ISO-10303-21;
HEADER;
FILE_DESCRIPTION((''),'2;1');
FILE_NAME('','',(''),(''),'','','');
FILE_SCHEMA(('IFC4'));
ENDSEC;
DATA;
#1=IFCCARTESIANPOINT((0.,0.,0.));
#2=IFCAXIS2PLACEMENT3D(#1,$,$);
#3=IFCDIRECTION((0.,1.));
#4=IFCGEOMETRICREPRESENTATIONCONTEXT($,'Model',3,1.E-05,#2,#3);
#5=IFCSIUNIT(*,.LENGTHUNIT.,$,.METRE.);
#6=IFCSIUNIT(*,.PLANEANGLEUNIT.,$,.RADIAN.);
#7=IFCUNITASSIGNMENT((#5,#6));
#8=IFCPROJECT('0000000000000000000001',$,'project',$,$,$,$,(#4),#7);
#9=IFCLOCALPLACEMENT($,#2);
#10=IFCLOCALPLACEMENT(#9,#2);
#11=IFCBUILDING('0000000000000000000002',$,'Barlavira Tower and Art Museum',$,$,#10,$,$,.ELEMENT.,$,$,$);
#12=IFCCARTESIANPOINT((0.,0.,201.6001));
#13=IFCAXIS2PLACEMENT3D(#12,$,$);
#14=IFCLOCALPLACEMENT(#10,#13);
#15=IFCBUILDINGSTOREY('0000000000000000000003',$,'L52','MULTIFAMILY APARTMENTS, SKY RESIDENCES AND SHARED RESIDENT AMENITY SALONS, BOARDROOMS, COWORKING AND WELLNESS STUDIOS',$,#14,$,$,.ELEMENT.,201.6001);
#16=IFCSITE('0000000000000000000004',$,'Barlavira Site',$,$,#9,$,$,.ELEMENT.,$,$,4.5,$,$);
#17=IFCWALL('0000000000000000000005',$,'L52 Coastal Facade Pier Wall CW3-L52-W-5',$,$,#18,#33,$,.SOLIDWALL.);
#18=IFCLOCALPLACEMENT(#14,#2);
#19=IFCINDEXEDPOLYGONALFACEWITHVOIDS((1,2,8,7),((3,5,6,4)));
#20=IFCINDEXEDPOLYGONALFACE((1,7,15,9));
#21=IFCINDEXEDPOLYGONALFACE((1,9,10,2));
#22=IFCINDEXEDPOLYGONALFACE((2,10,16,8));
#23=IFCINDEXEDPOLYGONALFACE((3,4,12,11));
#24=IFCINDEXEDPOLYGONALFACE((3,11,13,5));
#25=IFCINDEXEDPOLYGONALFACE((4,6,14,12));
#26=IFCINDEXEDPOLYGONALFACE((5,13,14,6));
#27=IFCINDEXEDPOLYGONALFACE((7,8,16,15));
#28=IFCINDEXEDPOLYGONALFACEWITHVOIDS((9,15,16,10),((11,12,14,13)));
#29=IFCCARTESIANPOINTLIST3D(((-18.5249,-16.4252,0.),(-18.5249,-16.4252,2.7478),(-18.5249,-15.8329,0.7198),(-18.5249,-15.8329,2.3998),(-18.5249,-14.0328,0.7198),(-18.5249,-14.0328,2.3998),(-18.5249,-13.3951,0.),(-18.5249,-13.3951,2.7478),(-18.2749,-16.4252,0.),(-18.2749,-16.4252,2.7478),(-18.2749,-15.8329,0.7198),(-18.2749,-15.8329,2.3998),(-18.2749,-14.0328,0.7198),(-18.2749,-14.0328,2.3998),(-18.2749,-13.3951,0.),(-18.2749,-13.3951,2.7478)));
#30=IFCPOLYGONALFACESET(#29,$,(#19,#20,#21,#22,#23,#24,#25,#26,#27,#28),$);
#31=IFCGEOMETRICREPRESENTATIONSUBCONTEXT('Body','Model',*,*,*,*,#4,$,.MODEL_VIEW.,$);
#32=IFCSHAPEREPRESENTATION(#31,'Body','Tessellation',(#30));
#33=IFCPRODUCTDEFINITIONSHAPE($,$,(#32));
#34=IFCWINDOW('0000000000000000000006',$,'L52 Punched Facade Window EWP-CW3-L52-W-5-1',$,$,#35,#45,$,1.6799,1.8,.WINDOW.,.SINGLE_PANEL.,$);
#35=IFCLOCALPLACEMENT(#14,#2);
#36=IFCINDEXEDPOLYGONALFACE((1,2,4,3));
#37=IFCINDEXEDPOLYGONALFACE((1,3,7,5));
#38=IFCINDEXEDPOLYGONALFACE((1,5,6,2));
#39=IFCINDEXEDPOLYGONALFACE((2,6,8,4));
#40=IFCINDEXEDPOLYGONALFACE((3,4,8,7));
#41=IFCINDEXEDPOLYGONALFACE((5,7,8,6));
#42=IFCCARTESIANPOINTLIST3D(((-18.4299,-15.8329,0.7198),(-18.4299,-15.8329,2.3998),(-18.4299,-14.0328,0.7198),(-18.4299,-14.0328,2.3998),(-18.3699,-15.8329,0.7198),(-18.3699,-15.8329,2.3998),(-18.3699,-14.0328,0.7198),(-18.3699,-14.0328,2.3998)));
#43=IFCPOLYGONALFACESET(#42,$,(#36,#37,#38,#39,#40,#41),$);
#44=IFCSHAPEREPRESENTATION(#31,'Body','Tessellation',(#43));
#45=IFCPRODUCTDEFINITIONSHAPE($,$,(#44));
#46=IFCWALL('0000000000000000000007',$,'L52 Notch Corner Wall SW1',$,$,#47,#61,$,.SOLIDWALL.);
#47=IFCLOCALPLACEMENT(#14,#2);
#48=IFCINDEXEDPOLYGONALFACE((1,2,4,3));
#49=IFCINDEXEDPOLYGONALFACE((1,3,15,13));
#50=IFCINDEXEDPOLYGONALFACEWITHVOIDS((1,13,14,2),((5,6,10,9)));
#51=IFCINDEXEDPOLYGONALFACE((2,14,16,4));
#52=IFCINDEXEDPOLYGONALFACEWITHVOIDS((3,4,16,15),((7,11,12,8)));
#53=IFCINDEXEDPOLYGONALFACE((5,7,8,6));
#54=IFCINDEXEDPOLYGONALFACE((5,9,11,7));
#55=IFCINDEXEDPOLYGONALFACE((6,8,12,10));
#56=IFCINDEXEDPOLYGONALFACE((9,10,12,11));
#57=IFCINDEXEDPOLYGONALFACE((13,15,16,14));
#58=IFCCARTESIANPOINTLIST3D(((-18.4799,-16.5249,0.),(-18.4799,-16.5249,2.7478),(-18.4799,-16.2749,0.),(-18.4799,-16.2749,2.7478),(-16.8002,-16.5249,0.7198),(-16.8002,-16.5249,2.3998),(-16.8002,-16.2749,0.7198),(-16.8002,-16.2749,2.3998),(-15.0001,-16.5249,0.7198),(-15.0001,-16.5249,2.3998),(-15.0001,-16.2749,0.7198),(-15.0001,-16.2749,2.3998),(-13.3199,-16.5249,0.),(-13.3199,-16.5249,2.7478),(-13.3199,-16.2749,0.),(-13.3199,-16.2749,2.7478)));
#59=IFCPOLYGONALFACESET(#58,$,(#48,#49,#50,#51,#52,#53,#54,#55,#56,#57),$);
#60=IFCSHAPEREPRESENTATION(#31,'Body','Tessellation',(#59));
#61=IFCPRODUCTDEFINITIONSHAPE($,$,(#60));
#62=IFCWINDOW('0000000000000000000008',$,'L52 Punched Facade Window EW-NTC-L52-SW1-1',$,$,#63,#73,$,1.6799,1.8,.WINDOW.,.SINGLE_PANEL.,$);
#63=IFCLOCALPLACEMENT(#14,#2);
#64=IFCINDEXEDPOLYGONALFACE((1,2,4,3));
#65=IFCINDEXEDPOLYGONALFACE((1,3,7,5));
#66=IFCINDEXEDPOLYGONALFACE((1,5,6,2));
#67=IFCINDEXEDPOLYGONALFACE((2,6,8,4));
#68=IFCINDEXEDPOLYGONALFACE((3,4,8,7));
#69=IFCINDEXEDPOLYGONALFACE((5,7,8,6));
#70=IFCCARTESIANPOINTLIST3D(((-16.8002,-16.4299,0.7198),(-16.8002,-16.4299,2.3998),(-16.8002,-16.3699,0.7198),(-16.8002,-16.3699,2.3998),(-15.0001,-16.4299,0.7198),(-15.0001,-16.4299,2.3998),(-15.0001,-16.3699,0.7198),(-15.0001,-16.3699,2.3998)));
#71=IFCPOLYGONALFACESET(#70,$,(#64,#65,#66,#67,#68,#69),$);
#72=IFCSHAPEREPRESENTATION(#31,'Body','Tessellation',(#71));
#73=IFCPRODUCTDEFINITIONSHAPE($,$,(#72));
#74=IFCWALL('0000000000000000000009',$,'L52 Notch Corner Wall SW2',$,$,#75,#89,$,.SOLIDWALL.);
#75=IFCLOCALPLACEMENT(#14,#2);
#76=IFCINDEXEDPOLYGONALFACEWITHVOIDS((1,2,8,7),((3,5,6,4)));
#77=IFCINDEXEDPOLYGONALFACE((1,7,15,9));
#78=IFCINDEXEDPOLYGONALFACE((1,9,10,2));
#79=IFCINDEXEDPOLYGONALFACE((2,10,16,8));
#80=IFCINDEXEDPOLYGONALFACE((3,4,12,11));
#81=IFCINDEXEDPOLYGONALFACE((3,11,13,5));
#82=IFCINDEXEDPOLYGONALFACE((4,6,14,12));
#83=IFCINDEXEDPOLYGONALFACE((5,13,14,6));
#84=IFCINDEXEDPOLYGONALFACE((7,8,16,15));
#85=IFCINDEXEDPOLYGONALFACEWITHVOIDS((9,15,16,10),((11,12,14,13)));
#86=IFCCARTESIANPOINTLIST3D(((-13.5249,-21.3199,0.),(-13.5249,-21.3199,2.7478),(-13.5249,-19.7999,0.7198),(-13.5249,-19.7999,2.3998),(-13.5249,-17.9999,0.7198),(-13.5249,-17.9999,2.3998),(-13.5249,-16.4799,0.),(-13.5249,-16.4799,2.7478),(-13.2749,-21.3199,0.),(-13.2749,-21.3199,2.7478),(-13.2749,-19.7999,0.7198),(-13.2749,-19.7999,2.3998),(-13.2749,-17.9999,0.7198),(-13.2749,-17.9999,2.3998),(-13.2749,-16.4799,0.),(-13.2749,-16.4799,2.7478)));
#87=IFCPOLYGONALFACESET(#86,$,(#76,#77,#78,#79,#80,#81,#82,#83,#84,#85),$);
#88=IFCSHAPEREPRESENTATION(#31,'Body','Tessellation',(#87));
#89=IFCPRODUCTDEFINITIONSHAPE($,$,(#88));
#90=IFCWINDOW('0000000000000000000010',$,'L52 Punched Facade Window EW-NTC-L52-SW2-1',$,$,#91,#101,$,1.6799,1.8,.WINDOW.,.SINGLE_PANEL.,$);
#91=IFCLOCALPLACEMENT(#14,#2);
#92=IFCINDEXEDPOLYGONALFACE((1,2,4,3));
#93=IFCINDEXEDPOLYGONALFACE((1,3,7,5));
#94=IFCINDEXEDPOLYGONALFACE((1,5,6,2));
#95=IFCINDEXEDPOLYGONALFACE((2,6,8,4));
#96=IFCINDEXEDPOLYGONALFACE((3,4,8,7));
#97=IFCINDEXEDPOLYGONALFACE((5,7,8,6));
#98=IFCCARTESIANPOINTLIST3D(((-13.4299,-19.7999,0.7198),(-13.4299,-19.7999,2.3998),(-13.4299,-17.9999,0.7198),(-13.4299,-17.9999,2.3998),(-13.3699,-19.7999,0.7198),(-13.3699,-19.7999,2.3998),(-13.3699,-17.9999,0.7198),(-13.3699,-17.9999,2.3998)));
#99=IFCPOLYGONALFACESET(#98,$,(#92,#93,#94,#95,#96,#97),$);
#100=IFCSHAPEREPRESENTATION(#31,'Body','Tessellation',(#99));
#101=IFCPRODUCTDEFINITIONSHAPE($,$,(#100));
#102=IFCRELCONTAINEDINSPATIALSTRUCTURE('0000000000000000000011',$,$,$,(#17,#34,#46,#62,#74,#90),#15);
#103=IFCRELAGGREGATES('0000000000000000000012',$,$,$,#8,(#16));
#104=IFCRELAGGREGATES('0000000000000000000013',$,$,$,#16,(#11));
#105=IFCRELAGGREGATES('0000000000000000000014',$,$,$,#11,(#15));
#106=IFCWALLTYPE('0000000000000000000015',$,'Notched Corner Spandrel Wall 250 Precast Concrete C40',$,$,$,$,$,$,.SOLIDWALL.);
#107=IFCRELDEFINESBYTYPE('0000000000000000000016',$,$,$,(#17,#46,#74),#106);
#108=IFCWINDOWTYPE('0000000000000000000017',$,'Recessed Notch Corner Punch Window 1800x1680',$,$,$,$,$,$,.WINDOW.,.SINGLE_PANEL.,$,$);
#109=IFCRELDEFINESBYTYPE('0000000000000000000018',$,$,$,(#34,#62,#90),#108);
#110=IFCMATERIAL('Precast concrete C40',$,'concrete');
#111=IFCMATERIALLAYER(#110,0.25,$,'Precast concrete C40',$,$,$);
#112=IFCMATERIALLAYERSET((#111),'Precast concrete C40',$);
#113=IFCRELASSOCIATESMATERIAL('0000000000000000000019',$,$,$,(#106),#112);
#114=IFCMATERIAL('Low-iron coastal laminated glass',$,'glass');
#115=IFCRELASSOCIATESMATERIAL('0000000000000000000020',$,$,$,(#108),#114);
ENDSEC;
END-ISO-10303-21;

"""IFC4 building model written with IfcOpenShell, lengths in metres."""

from ifc_helpers import new_model, si_unit, direction, frame, frame_2d, origin, place, context, subcontext, project, spatial, rectangle, extrude, material, layer, layer_set, type_object, element, fill, save


model = new_model("IFC4")

# Units and contexts
model_context = context("Model", 3, precision=1e-05, world=origin(), true_north=direction((0.0, 1.0)))
body_context = subcontext(model_context, "Body", "Model", "MODEL_VIEW")
ifc_project = project(units=[si_unit("LENGTHUNIT", "METRE"), si_unit("PLANEANGLEUNIT", "RADIAN")], contexts=[model_context])

# Site, building, storey
site_placement = place(None, origin())
site = spatial("IfcSite", under=ifc_project, at=site_placement, Name="Barlavira Site", CompositionType="ELEMENT", RefElevation=4.5)
building_placement = place(site_placement, origin())
building = spatial("IfcBuilding", under=site, at=building_placement, Name="Barlavira Tower and Art Museum", CompositionType="ELEMENT")
storey_placement = place(building_placement, frame((0.0, 0.0, 201.6001)))
storey = spatial("IfcBuildingStorey", under=building, at=storey_placement, Name="L52", Description="MULTIFAMILY APARTMENTS, SKY RESIDENCES AND SHARED RESIDENT AMENITY SALONS, BOARDROOMS, COWORKING AND WELLNESS STUDIOS", CompositionType="ELEMENT", Elevation=201.6001)

# Walls, openings, windows
ifc_material_1 = material(Name="Precast concrete C40", Category="concrete")
ifc_layer_1 = layer(ifc_material_1, 0.25, Name="Precast concrete C40")
ifc_layer_set_1 = layer_set([ifc_layer_1], Name="Precast concrete C40")
wall_type_1 = type_object("IfcWallType", Name="Notched Corner Spandrel Wall 250 Precast Concrete C40", PredefinedType="SOLIDWALL", material=ifc_layer_set_1)
ifc_material_2 = material(Name="Low-iron coastal laminated glass", Category="glass")
wall_1_placement = place(storey_placement, frame((-18.3999, -13.395, 0.0), z_axis=(0.0, 0.0, 1.0), x_axis=(0.0, -1.0, 0.0)))
wall_1 = element("IfcWall", 1, at=wall_1_placement, inside=storey, type_object=wall_type_1, Name="L52 Coastal Facade Pier Wall CW3-L52-W-5", PredefinedType="SOLIDWALL", context=body_context, shape_type="SweptSolid", body=[
    extrude(rectangle(XDim=3.03, YDim=0.25, at=frame_2d((1.5151, 0.0))), origin(), (0.0, 0.0, 1.0), 2.7478),
])
opening_1_placement = place(wall_1_placement, frame((0.6379, 0.0, 0.72)))
opening_1 = element("IfcOpeningElement", 2, at=opening_1_placement, cuts=wall_1, PredefinedType="OPENING", context=body_context, shape_type="SweptSolid", body=[
    extrude(rectangle(XDim=1.8, YDim=1.6799, at=frame_2d((0.8999, 0.8398))), frame((0.0, 0.135, 0.0), z_axis=(0.0, -1.0, 0.0), x_axis=(1.0, 0.0, 0.0)), (0.0, 0.0, 1.0), 0.27),
])
window_type_1 = type_object("IfcWindowType", Name="Recessed Notch Corner Punch Window 1800x1680", PartitioningType="SINGLE_PANEL", PredefinedType="WINDOW", material=ifc_material_2)
window_1_placement = place(opening_1_placement, origin())
window_1 = element("IfcWindow", 3, at=window_1_placement, inside=storey, type_object=window_type_1, Name="L52 Punched Facade Window EWP-CW3-L52-W-5-1", OverallHeight=1.6799, OverallWidth=1.8, PartitioningType="SINGLE_PANEL", PredefinedType="WINDOW", context=body_context, shape_type="SweptSolid", body=[
    extrude(rectangle(XDim=1.8, YDim=1.6799, at=frame_2d((0.8999, 0.8398))), frame((0.0, 0.03, 0.0), z_axis=(0.0, -1.0, 0.0), x_axis=(1.0, 0.0, 0.0)), (0.0, 0.0, 1.0), 0.0601),
])
fill(opening_1, window_1)
wall_2_placement = place(storey_placement, frame((-18.48, -16.3999, 0.0), z_axis=(0.0, 0.0, 1.0), x_axis=(1.0, 0.0, 0.0)))
wall_2 = element("IfcWall", 4, at=wall_2_placement, inside=storey, type_object=wall_type_1, Name="L52 Notch Corner Wall SW1", PredefinedType="SOLIDWALL", context=body_context, shape_type="SweptSolid", body=[
    extrude(rectangle(XDim=5.1599, YDim=0.25, at=frame_2d((2.5801, 0.0))), origin(), (0.0, 0.0, 1.0), 2.7478),
])
opening_2_placement = place(wall_2_placement, frame((1.6799, 0.0, 0.72)))
opening_2 = element("IfcOpeningElement", 5, at=opening_2_placement, cuts=wall_2, PredefinedType="OPENING", context=body_context, shape_type="SweptSolid", body=[
    extrude(rectangle(XDim=1.8, YDim=1.6799, at=frame_2d((0.8999, 0.8398))), frame((0.0, 0.135, 0.0), z_axis=(0.0, -1.0, 0.0), x_axis=(1.0, 0.0, 0.0)), (0.0, 0.0, 1.0), 0.27),
])
window_2_placement = place(opening_2_placement, origin())
window_2 = element("IfcWindow", 6, at=window_2_placement, inside=storey, type_object=window_type_1, Name="L52 Punched Facade Window EW-NTC-L52-SW1-1", OverallHeight=1.6799, OverallWidth=1.8, PartitioningType="SINGLE_PANEL", PredefinedType="WINDOW", context=body_context, shape_type="SweptSolid", body=[
    extrude(rectangle(XDim=1.8, YDim=1.6799, at=frame_2d((0.8999, 0.8398))), frame((0.0, 0.03, 0.0), z_axis=(0.0, -1.0, 0.0), x_axis=(1.0, 0.0, 0.0)), (0.0, 0.0, 1.0), 0.0601),
])
fill(opening_2, window_2)
wall_3_placement = place(storey_placement, frame((-13.3999, -16.48, 0.0), z_axis=(0.0, 0.0, 1.0), x_axis=(0.0, -1.0, 0.0)))
wall_3 = element("IfcWall", 7, at=wall_3_placement, inside=storey, type_object=wall_type_1, Name="L52 Notch Corner Wall SW2", PredefinedType="SOLIDWALL", context=body_context, shape_type="SweptSolid", body=[
    extrude(rectangle(XDim=4.8401, YDim=0.25, at=frame_2d((2.4199, 0.0))), origin(), (0.0, 0.0, 1.0), 2.7478),
])
opening_3_placement = place(wall_3_placement, frame((1.52, 0.0, 0.72)))
opening_3 = element("IfcOpeningElement", 8, at=opening_3_placement, cuts=wall_3, PredefinedType="OPENING", context=body_context, shape_type="SweptSolid", body=[
    extrude(rectangle(XDim=1.8, YDim=1.6799, at=frame_2d((0.8999, 0.8398))), frame((0.0, 0.135, 0.0), z_axis=(0.0, -1.0, 0.0), x_axis=(1.0, 0.0, 0.0)), (0.0, 0.0, 1.0), 0.27),
])
window_3_placement = place(opening_3_placement, origin())
window_3 = element("IfcWindow", 9, at=window_3_placement, inside=storey, type_object=window_type_1, Name="L52 Punched Facade Window EW-NTC-L52-SW2-1", OverallHeight=1.6799, OverallWidth=1.8, PartitioningType="SINGLE_PANEL", PredefinedType="WINDOW", context=body_context, shape_type="SweptSolid", body=[
    extrude(rectangle(XDim=1.8, YDim=1.6799, at=frame_2d((0.8999, 0.8398))), frame((0.0, 0.03, 0.0), z_axis=(0.0, -1.0, 0.0), x_axis=(1.0, 0.0, 0.0)), (0.0, 0.0, 1.0), 0.0601),
])
fill(opening_3, window_3)

save(model, "model.ifc")
